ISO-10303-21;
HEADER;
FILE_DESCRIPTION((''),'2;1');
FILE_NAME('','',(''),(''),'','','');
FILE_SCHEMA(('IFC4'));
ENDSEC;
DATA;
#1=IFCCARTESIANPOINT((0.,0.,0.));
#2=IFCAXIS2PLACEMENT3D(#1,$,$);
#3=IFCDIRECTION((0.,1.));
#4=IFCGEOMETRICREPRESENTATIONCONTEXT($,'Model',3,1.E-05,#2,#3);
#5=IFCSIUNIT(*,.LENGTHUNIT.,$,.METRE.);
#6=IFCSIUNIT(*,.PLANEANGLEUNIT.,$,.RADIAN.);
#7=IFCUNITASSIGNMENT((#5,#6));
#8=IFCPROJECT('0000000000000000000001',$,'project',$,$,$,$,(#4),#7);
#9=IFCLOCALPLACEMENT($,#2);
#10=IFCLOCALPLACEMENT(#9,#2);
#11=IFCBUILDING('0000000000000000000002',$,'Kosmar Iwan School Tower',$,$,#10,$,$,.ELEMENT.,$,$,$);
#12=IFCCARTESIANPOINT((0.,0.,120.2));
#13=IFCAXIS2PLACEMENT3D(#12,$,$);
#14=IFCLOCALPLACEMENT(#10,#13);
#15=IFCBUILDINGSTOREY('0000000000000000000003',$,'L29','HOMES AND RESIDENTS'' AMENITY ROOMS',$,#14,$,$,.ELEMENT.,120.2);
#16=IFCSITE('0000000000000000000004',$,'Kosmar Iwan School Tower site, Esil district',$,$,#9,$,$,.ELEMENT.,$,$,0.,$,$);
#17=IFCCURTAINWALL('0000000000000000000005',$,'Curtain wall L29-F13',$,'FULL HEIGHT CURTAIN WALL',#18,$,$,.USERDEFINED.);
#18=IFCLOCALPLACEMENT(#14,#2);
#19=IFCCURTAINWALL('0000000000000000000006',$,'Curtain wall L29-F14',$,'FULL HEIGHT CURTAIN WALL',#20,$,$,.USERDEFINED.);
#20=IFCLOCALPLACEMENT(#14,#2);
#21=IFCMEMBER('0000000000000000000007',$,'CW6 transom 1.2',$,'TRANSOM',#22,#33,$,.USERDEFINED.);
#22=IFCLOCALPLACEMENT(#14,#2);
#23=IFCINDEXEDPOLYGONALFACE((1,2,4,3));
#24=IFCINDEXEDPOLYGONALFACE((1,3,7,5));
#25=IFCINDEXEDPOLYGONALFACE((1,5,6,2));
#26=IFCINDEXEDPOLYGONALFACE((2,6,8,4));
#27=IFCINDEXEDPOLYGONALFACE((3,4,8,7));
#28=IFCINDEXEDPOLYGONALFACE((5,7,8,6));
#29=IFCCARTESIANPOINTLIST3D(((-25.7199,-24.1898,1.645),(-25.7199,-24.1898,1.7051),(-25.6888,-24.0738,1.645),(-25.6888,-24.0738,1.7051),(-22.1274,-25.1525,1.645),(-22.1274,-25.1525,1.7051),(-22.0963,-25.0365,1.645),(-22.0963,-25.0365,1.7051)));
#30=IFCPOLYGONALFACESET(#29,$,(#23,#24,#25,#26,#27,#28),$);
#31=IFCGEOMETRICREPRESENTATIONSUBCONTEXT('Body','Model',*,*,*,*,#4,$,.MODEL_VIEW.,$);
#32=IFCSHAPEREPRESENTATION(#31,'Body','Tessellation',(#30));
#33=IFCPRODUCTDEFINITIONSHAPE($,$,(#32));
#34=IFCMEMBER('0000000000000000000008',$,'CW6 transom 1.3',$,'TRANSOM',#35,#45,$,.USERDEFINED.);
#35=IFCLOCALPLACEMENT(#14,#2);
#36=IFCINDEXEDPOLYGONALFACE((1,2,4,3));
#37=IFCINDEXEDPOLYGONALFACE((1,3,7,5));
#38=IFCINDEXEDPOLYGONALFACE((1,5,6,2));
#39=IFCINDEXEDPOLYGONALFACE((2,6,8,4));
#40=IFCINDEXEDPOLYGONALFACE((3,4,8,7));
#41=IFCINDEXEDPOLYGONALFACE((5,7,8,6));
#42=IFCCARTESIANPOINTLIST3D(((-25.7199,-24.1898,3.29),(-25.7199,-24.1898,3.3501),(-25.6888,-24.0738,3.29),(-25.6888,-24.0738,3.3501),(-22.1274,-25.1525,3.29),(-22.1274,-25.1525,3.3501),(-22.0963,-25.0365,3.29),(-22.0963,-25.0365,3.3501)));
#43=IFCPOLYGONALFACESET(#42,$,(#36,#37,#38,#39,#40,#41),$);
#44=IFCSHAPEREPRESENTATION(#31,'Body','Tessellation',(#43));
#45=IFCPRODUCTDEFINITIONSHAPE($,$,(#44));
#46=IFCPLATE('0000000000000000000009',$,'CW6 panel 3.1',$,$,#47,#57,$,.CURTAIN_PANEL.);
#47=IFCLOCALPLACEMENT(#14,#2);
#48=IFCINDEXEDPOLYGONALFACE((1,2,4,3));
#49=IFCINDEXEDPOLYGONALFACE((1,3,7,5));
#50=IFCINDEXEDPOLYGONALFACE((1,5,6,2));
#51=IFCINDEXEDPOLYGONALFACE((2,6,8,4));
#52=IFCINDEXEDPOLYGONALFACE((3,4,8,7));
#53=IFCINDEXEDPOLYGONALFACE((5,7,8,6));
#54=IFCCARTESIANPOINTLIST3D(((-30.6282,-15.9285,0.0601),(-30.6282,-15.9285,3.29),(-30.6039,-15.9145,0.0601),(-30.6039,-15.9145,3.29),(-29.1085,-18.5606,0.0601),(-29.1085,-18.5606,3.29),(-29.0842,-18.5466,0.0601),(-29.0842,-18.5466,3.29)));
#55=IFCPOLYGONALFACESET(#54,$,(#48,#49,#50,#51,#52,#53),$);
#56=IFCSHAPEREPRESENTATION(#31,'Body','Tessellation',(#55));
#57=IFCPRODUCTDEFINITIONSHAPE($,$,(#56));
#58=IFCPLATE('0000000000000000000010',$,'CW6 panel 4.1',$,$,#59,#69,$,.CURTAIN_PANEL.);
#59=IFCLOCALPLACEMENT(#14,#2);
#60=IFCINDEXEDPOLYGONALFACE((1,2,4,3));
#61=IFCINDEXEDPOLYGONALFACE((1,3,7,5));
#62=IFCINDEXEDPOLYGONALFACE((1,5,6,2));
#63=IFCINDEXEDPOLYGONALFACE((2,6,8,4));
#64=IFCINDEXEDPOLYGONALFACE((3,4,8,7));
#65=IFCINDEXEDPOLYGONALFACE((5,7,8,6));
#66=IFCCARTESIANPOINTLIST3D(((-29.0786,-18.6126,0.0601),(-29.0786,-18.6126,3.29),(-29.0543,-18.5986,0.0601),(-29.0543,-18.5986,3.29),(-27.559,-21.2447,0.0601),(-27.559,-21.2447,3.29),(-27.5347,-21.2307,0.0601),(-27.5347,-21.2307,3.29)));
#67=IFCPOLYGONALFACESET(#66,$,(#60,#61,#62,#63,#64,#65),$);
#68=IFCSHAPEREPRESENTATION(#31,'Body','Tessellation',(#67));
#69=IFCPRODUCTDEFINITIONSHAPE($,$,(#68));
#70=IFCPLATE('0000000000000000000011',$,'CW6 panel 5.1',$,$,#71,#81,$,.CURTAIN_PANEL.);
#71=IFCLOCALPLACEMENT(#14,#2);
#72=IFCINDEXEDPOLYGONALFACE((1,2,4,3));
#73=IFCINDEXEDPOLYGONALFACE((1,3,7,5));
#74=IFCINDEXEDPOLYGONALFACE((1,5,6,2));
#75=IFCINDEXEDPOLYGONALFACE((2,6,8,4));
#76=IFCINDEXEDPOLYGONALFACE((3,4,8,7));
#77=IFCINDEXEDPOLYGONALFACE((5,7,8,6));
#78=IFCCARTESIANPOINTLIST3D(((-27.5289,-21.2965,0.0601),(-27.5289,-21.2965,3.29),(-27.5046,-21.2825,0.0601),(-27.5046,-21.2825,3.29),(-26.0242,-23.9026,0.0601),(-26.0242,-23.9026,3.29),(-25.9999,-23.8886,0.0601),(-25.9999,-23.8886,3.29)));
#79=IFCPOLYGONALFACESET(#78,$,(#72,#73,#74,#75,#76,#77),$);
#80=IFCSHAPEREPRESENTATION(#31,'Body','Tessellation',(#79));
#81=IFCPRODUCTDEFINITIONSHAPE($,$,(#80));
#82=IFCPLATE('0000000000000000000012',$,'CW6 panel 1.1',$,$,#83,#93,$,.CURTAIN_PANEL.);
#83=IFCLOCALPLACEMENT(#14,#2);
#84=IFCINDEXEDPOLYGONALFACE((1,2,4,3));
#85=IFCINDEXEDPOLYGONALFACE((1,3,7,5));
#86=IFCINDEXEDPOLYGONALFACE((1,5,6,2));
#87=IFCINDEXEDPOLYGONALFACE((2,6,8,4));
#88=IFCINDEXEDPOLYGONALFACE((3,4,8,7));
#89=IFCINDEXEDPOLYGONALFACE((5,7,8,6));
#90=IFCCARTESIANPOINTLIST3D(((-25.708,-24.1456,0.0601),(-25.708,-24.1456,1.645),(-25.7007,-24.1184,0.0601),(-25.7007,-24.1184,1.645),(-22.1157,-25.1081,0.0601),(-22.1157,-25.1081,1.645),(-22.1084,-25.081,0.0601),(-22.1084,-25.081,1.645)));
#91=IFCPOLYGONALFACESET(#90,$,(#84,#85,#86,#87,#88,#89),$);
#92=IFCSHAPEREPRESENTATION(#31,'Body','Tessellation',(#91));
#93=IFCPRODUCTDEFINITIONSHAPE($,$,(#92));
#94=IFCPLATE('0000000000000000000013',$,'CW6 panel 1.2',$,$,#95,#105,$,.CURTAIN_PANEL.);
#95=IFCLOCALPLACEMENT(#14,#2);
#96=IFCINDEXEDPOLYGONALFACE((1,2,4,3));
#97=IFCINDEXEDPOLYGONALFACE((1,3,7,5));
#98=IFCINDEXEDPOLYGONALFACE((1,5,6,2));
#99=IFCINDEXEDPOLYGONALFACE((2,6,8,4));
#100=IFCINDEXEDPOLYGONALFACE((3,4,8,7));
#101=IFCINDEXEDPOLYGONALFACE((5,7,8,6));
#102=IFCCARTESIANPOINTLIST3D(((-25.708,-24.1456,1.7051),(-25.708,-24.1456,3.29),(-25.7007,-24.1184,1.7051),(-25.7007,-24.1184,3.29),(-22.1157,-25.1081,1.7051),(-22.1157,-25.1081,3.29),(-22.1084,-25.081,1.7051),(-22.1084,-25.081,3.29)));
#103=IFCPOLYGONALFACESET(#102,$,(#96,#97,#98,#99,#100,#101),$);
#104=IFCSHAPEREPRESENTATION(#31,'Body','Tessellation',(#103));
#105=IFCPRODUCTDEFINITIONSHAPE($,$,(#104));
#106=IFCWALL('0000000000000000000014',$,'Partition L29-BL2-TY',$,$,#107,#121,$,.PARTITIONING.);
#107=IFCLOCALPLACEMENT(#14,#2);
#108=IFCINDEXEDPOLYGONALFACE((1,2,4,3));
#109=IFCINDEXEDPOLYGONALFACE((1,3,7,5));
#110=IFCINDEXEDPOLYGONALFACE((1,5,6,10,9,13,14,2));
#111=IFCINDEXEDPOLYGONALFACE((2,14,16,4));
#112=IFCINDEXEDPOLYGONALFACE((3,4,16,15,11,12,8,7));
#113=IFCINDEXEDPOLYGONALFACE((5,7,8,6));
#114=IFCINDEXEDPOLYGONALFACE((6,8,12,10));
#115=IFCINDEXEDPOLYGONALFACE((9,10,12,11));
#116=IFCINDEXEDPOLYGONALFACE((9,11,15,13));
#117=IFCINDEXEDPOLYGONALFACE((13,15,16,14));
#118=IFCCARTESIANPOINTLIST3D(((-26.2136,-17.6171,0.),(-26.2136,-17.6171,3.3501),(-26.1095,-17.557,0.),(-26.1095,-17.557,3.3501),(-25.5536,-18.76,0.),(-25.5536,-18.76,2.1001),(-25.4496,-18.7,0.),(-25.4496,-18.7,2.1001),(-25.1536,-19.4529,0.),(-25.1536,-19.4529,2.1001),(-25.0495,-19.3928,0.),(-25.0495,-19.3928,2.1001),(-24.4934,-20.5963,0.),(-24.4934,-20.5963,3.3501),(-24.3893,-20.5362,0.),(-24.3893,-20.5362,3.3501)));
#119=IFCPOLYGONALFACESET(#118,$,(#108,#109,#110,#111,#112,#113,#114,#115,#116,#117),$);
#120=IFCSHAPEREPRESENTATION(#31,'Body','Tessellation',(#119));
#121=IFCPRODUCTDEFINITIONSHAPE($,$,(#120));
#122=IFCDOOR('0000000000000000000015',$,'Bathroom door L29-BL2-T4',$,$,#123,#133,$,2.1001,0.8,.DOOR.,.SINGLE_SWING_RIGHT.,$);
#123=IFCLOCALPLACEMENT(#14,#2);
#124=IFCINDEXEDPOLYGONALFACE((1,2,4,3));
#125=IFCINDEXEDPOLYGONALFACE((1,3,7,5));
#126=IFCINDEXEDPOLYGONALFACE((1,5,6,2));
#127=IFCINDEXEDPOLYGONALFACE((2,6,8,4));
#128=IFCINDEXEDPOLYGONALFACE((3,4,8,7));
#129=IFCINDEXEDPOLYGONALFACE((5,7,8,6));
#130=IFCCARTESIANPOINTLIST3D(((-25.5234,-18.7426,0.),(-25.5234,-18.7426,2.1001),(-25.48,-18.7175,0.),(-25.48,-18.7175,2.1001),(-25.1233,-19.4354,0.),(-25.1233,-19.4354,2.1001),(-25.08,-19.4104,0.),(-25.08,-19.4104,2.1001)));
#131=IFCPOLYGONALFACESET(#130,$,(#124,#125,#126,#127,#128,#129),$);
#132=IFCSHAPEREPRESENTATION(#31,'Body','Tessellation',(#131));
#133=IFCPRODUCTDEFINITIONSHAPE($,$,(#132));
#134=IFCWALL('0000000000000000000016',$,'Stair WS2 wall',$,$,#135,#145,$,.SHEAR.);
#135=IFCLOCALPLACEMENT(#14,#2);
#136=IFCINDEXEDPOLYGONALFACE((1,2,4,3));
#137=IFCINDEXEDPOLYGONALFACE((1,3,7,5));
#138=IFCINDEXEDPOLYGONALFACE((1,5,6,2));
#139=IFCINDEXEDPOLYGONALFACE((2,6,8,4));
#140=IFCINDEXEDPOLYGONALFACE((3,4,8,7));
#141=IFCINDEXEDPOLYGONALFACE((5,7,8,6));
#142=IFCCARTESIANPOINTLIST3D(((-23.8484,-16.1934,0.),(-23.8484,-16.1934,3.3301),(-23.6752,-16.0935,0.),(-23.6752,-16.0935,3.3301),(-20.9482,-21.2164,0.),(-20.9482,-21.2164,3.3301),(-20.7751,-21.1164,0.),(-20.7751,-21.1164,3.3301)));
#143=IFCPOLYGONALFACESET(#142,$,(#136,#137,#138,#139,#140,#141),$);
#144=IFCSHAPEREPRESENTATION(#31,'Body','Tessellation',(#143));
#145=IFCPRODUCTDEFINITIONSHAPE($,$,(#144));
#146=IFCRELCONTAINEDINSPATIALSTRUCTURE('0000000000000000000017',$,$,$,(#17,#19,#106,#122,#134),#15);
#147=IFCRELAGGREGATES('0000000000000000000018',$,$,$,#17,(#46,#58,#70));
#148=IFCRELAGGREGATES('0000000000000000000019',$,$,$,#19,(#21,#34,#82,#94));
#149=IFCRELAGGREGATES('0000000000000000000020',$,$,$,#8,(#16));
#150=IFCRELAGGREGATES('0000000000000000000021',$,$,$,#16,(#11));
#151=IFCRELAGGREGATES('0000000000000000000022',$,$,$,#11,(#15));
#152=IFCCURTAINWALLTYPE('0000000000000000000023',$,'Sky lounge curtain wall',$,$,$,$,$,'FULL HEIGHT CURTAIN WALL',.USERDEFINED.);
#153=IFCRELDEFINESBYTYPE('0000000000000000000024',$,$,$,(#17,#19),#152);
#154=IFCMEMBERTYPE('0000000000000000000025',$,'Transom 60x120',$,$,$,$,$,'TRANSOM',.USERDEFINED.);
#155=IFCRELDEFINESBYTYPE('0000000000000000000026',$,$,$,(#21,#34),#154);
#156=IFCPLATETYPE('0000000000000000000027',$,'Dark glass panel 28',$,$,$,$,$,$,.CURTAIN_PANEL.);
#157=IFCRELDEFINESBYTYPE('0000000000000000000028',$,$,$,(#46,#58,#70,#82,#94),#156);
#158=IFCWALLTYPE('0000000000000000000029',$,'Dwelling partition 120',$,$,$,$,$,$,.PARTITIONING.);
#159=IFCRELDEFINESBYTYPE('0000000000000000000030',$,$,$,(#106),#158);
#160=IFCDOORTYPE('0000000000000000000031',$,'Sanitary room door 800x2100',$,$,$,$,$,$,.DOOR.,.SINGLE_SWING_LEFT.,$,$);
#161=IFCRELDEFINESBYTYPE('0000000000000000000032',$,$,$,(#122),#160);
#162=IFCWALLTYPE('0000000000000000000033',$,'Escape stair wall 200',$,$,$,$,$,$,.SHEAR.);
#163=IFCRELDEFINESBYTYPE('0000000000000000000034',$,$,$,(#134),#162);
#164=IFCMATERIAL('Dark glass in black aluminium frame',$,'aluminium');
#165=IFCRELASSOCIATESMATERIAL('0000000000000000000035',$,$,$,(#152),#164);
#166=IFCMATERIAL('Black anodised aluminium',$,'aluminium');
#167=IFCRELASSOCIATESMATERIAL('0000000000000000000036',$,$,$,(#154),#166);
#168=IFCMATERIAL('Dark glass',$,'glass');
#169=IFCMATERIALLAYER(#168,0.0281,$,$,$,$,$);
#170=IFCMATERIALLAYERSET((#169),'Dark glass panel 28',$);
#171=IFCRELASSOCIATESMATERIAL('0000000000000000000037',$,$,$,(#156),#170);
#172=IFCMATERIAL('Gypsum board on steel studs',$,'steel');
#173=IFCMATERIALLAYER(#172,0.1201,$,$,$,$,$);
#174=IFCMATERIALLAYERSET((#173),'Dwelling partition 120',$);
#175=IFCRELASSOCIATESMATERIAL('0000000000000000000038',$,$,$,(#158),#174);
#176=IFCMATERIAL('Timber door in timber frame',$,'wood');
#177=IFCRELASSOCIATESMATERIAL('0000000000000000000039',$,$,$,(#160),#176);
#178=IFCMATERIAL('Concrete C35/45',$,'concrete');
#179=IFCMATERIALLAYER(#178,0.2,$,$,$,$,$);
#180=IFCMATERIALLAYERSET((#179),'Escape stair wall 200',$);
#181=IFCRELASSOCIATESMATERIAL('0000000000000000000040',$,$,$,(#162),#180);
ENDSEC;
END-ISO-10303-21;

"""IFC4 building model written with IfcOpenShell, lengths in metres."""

from ifc_helpers import new_model, si_unit, direction, frame, frame_2d, origin, origin_2d, place, context, subcontext, project, spatial, rectangle, extrude, material, layer, layer_set, material_profile, profile_set, type_object, element, fill, aggregate, save


model = new_model("IFC4")

# Units and contexts
model_context = context("Model", 3, precision=1e-05, world=origin(), true_north=direction((0.0, 1.0)))
body_context = subcontext(model_context, "Body", "Model", "MODEL_VIEW")
ifc_project = project(units=[si_unit("LENGTHUNIT", "METRE"), si_unit("PLANEANGLEUNIT", "RADIAN")], contexts=[model_context])

# Site, building, storey
site_placement = place(None, origin())
site = spatial("IfcSite", under=ifc_project, at=site_placement, Name="Kosmar Iwan School Tower site, Esil district", CompositionType="ELEMENT", RefElevation=0.0)
building_placement = place(site_placement, origin())
building = spatial("IfcBuilding", under=site, at=building_placement, Name="Kosmar Iwan School Tower", CompositionType="ELEMENT")
storey_placement = place(building_placement, frame((0.0, 0.0, 120.2)))
storey = spatial("IfcBuildingStorey", under=building, at=storey_placement, Name="L29", Description="HOMES AND RESIDENTS' AMENITY ROOMS", CompositionType="ELEMENT", Elevation=120.2)

# Curtain wall
ifc_material_1 = material(Name="Dark glass in black aluminium frame", Category="aluminium")
curtain_wall_type = type_object("IfcCurtainWallType", Name="Sky lounge curtain wall", ElementType="FULL HEIGHT CURTAIN WALL", PredefinedType="USERDEFINED", material=ifc_material_1)
curtain_wall_1_placement = place(storey_placement, origin())
curtain_wall_1 = element("IfcCurtainWall", 1, at=curtain_wall_1_placement, inside=storey, type_object=curtain_wall_type, Name="Curtain wall L29-F13", ObjectType="FULL HEIGHT CURTAIN WALL", PredefinedType="USERDEFINED")

# Curtain wall
curtain_wall_2_placement = place(storey_placement, origin())
curtain_wall_2 = element("IfcCurtainWall", 2, at=curtain_wall_2_placement, inside=storey, type_object=curtain_wall_type, Name="Curtain wall L29-F14", ObjectType="FULL HEIGHT CURTAIN WALL", PredefinedType="USERDEFINED")

# Members
ifc_material_2 = material(Name="Black anodised aluminium", Category="aluminium")
ifc_material_profile_1 = material_profile(ifc_material_2, rectangle(XDim=0.1201, YDim=0.0601, at=origin_2d()), Name="TRANSOM 60x120")
ifc_profile_set_1 = profile_set([ifc_material_profile_1], Name="Black anodised aluminium")
member_type_1 = type_object("IfcMemberType", Name="Transom 60x120", ElementType="TRANSOM", PredefinedType="USERDEFINED", material=ifc_profile_set_1)
member_1_placement = place(storey_placement, frame((-25.7043, -24.1318, 1.675), z_axis=(0.965924, -0.258827, 0.0), x_axis=(0.258827, 0.965924, 0.0)))
member_1 = element("IfcMember", 3, at=member_1_placement, type_object=member_type_1, Name="CW6 transom 1.2", ObjectType="TRANSOM", PredefinedType="USERDEFINED", context=body_context, shape_type="SweptSolid", body=[
    extrude(rectangle(XDim=0.1201, YDim=0.0601, at=origin_2d()), origin(), (0.0, 0.0, 1.0), 3.7192),
])
member_2_placement = place(storey_placement, frame((-25.7043, -24.1318, 3.3201), z_axis=(0.965924, -0.258827, 0.0), x_axis=(0.258827, 0.965924, 0.0)))
member_2 = element("IfcMember", 4, at=member_2_placement, type_object=member_type_1, Name="CW6 transom 1.3", ObjectType="TRANSOM", PredefinedType="USERDEFINED", context=body_context, shape_type="SweptSolid", body=[
    extrude(rectangle(XDim=0.1201, YDim=0.0601, at=origin_2d()), origin(), (0.0, 0.0, 1.0), 3.7192),
])

# Plates
ifc_material_3 = material(Name="Dark glass", Category="glass")
ifc_layer_1 = layer(ifc_material_3, 0.0281)
ifc_layer_set_1 = layer_set([ifc_layer_1], Name="Dark glass panel 28")
plate_type = type_object("IfcPlateType", Name="Dark glass panel 28", PredefinedType="CURTAIN_PANEL", material=ifc_layer_set_1)
plate_1_placement = place(storey_placement, frame((-29.8562, -17.2375, 0.0601), z_axis=(0.0, 0.0, 1.0), x_axis=(0.5, -0.866025, 0.0)))
plate_1 = element("IfcPlate", 5, at=plate_1_placement, type_object=plate_type, Name="CW6 panel 3.1", PredefinedType="CURTAIN_PANEL", context=body_context, shape_type="SweptSolid", body=[
    extrude(rectangle(XDim=3.0393, YDim=0.0281, at=origin_2d()), origin(), (0.0, 0.0, 1.0), 3.23),
])
plate_2_placement = place(storey_placement, frame((-28.3066, -19.9216, 0.0601), z_axis=(0.0, 0.0, 1.0), x_axis=(0.5, -0.866025, 0.0)))
plate_2 = element("IfcPlate", 6, at=plate_2_placement, type_object=plate_type, Name="CW6 panel 4.1", PredefinedType="CURTAIN_PANEL", context=body_context, shape_type="SweptSolid", body=[
    extrude(rectangle(XDim=3.0393, YDim=0.0281, at=origin_2d()), origin(), (0.0, 0.0, 1.0), 3.23),
])
plate_3_placement = place(storey_placement, frame((-26.7644, -22.5925, 0.0601), z_axis=(0.0, 0.0, 1.0), x_axis=(0.5, -0.866025, 0.0)))
plate_3 = element("IfcPlate", 7, at=plate_3_placement, type_object=plate_type, Name="CW6 panel 5.1", PredefinedType="CURTAIN_PANEL", context=body_context, shape_type="SweptSolid", body=[
    extrude(rectangle(XDim=3.0093, YDim=0.0281, at=origin_2d()), origin(), (0.0, 0.0, 1.0), 3.23),
])
aggregate(curtain_wall_1, [plate_1, plate_2, plate_3])
plate_4_placement = place(storey_placement, frame((-23.9082, -24.6133, 0.0601), z_axis=(0.0, 0.0, 1.0), x_axis=(0.965926, -0.258819, 0.0)))
plate_4 = element("IfcPlate", 8, at=plate_4_placement, type_object=plate_type, Name="CW6 panel 1.1", PredefinedType="CURTAIN_PANEL", context=body_context, shape_type="SweptSolid", body=[
    extrude(rectangle(XDim=3.719, YDim=0.0281, at=origin_2d()), origin(), (0.0, 0.0, 1.0), 1.585),
])
plate_5_placement = place(storey_placement, frame((-23.9082, -24.6133, 1.7051), z_axis=(0.0, 0.0, 1.0), x_axis=(0.965926, -0.258819, 0.0)))
plate_5 = element("IfcPlate", 9, at=plate_5_placement, type_object=plate_type, Name="CW6 panel 1.2", PredefinedType="CURTAIN_PANEL", context=body_context, shape_type="SweptSolid", body=[
    extrude(rectangle(XDim=3.719, YDim=0.0281, at=origin_2d()), origin(), (0.0, 0.0, 1.0), 1.585),
])
aggregate(curtain_wall_2, [member_1, member_2, plate_4, plate_5])

# Wall, opening, door
ifc_material_4 = material(Name="Gypsum board on steel studs", Category="steel")
ifc_layer_2 = layer(ifc_material_4, 0.1201)
ifc_layer_set_2 = layer_set([ifc_layer_2], Name="Dwelling partition 120")
wall_type_1 = type_object("IfcWallType", Name="Dwelling partition 120", PredefinedType="PARTITIONING", material=ifc_layer_set_2)
wall_1_placement = place(storey_placement, frame((-26.1616, -17.5869, 0.0), z_axis=(0.0, 0.0, 1.0), x_axis=(0.500032, -0.866007, 0.0)))
wall_1 = element("IfcWall", 10, at=wall_1_placement, inside=storey, type_object=wall_type_1, Name="Partition L29-BL2-TY", PredefinedType="PARTITIONING", context=body_context, shape_type="SweptSolid", body=[
    extrude(rectangle(XDim=3.4402, YDim=0.1201, at=frame_2d((1.7202, 0.0))), origin(), (0.0, 0.0, 1.0), 3.3501),
])
opening_placement = place(wall_1_placement, frame((1.3201, 0.0, 0.0)))
opening = element("IfcOpeningElement", 11, at=opening_placement, cuts=wall_1, PredefinedType="OPENING", context=body_context, shape_type="SweptSolid", body=[
    extrude(rectangle(XDim=0.8, YDim=2.1001, at=frame_2d((0.3999, 1.05))), frame((0.0, 0.072, 0.0), z_axis=(0.0, -1.0, 0.0), x_axis=(1.0, 0.0, 0.0)), (0.0, 0.0, 1.0), 0.144),
])
ifc_material_5 = material(Name="Timber door in timber frame", Category="wood")
door_type = type_object("IfcDoorType", Name="Sanitary room door 800x2100", OperationType="SINGLE_SWING_LEFT", PredefinedType="DOOR", material=ifc_material_5)
door_placement = place(opening_placement, origin())
door = element("IfcDoor", 12, at=door_placement, inside=storey, type_object=door_type, Name="Bathroom door L29-BL2-T4", OperationType="SINGLE_SWING_RIGHT", OverallHeight=2.1001, OverallWidth=0.8, PredefinedType="DOOR", context=body_context, shape_type="SweptSolid", body=[
    extrude(rectangle(XDim=0.8, YDim=2.1001, at=frame_2d((0.3999, 1.05))), frame((0.0, 0.0249, 0.0), z_axis=(0.0, -1.0, 0.0), x_axis=(1.0, 0.0, 0.0)), (0.0, 0.0, 1.0), 0.05),
])
fill(opening, door)

# Wall
ifc_material_6 = material(Name="Concrete C35/45", Category="concrete")
ifc_layer_3 = layer(ifc_material_6, 0.2)
ifc_layer_set_3 = layer_set([ifc_layer_3], Name="Escape stair wall 200")
wall_type_2 = type_object("IfcWallType", Name="Escape stair wall 200", PredefinedType="SHEAR", material=ifc_layer_set_3)
wall_2_placement = place(storey_placement, frame((-23.7617, -16.1436, 0.0), z_axis=(0.0, 0.0, 1.0), x_axis=(0.500019, -0.866015, 0.0)))
element("IfcWall", 13, at=wall_2_placement, inside=storey, type_object=wall_type_2, Name="Stair WS2 wall", PredefinedType="SHEAR", context=body_context, shape_type="SweptSolid", body=[
    extrude(rectangle(XDim=5.8, YDim=0.2, at=frame_2d((2.8999, 0.0))), origin(), (0.0, 0.0, 1.0), 3.3301),
])

save(model, "model.ifc")
